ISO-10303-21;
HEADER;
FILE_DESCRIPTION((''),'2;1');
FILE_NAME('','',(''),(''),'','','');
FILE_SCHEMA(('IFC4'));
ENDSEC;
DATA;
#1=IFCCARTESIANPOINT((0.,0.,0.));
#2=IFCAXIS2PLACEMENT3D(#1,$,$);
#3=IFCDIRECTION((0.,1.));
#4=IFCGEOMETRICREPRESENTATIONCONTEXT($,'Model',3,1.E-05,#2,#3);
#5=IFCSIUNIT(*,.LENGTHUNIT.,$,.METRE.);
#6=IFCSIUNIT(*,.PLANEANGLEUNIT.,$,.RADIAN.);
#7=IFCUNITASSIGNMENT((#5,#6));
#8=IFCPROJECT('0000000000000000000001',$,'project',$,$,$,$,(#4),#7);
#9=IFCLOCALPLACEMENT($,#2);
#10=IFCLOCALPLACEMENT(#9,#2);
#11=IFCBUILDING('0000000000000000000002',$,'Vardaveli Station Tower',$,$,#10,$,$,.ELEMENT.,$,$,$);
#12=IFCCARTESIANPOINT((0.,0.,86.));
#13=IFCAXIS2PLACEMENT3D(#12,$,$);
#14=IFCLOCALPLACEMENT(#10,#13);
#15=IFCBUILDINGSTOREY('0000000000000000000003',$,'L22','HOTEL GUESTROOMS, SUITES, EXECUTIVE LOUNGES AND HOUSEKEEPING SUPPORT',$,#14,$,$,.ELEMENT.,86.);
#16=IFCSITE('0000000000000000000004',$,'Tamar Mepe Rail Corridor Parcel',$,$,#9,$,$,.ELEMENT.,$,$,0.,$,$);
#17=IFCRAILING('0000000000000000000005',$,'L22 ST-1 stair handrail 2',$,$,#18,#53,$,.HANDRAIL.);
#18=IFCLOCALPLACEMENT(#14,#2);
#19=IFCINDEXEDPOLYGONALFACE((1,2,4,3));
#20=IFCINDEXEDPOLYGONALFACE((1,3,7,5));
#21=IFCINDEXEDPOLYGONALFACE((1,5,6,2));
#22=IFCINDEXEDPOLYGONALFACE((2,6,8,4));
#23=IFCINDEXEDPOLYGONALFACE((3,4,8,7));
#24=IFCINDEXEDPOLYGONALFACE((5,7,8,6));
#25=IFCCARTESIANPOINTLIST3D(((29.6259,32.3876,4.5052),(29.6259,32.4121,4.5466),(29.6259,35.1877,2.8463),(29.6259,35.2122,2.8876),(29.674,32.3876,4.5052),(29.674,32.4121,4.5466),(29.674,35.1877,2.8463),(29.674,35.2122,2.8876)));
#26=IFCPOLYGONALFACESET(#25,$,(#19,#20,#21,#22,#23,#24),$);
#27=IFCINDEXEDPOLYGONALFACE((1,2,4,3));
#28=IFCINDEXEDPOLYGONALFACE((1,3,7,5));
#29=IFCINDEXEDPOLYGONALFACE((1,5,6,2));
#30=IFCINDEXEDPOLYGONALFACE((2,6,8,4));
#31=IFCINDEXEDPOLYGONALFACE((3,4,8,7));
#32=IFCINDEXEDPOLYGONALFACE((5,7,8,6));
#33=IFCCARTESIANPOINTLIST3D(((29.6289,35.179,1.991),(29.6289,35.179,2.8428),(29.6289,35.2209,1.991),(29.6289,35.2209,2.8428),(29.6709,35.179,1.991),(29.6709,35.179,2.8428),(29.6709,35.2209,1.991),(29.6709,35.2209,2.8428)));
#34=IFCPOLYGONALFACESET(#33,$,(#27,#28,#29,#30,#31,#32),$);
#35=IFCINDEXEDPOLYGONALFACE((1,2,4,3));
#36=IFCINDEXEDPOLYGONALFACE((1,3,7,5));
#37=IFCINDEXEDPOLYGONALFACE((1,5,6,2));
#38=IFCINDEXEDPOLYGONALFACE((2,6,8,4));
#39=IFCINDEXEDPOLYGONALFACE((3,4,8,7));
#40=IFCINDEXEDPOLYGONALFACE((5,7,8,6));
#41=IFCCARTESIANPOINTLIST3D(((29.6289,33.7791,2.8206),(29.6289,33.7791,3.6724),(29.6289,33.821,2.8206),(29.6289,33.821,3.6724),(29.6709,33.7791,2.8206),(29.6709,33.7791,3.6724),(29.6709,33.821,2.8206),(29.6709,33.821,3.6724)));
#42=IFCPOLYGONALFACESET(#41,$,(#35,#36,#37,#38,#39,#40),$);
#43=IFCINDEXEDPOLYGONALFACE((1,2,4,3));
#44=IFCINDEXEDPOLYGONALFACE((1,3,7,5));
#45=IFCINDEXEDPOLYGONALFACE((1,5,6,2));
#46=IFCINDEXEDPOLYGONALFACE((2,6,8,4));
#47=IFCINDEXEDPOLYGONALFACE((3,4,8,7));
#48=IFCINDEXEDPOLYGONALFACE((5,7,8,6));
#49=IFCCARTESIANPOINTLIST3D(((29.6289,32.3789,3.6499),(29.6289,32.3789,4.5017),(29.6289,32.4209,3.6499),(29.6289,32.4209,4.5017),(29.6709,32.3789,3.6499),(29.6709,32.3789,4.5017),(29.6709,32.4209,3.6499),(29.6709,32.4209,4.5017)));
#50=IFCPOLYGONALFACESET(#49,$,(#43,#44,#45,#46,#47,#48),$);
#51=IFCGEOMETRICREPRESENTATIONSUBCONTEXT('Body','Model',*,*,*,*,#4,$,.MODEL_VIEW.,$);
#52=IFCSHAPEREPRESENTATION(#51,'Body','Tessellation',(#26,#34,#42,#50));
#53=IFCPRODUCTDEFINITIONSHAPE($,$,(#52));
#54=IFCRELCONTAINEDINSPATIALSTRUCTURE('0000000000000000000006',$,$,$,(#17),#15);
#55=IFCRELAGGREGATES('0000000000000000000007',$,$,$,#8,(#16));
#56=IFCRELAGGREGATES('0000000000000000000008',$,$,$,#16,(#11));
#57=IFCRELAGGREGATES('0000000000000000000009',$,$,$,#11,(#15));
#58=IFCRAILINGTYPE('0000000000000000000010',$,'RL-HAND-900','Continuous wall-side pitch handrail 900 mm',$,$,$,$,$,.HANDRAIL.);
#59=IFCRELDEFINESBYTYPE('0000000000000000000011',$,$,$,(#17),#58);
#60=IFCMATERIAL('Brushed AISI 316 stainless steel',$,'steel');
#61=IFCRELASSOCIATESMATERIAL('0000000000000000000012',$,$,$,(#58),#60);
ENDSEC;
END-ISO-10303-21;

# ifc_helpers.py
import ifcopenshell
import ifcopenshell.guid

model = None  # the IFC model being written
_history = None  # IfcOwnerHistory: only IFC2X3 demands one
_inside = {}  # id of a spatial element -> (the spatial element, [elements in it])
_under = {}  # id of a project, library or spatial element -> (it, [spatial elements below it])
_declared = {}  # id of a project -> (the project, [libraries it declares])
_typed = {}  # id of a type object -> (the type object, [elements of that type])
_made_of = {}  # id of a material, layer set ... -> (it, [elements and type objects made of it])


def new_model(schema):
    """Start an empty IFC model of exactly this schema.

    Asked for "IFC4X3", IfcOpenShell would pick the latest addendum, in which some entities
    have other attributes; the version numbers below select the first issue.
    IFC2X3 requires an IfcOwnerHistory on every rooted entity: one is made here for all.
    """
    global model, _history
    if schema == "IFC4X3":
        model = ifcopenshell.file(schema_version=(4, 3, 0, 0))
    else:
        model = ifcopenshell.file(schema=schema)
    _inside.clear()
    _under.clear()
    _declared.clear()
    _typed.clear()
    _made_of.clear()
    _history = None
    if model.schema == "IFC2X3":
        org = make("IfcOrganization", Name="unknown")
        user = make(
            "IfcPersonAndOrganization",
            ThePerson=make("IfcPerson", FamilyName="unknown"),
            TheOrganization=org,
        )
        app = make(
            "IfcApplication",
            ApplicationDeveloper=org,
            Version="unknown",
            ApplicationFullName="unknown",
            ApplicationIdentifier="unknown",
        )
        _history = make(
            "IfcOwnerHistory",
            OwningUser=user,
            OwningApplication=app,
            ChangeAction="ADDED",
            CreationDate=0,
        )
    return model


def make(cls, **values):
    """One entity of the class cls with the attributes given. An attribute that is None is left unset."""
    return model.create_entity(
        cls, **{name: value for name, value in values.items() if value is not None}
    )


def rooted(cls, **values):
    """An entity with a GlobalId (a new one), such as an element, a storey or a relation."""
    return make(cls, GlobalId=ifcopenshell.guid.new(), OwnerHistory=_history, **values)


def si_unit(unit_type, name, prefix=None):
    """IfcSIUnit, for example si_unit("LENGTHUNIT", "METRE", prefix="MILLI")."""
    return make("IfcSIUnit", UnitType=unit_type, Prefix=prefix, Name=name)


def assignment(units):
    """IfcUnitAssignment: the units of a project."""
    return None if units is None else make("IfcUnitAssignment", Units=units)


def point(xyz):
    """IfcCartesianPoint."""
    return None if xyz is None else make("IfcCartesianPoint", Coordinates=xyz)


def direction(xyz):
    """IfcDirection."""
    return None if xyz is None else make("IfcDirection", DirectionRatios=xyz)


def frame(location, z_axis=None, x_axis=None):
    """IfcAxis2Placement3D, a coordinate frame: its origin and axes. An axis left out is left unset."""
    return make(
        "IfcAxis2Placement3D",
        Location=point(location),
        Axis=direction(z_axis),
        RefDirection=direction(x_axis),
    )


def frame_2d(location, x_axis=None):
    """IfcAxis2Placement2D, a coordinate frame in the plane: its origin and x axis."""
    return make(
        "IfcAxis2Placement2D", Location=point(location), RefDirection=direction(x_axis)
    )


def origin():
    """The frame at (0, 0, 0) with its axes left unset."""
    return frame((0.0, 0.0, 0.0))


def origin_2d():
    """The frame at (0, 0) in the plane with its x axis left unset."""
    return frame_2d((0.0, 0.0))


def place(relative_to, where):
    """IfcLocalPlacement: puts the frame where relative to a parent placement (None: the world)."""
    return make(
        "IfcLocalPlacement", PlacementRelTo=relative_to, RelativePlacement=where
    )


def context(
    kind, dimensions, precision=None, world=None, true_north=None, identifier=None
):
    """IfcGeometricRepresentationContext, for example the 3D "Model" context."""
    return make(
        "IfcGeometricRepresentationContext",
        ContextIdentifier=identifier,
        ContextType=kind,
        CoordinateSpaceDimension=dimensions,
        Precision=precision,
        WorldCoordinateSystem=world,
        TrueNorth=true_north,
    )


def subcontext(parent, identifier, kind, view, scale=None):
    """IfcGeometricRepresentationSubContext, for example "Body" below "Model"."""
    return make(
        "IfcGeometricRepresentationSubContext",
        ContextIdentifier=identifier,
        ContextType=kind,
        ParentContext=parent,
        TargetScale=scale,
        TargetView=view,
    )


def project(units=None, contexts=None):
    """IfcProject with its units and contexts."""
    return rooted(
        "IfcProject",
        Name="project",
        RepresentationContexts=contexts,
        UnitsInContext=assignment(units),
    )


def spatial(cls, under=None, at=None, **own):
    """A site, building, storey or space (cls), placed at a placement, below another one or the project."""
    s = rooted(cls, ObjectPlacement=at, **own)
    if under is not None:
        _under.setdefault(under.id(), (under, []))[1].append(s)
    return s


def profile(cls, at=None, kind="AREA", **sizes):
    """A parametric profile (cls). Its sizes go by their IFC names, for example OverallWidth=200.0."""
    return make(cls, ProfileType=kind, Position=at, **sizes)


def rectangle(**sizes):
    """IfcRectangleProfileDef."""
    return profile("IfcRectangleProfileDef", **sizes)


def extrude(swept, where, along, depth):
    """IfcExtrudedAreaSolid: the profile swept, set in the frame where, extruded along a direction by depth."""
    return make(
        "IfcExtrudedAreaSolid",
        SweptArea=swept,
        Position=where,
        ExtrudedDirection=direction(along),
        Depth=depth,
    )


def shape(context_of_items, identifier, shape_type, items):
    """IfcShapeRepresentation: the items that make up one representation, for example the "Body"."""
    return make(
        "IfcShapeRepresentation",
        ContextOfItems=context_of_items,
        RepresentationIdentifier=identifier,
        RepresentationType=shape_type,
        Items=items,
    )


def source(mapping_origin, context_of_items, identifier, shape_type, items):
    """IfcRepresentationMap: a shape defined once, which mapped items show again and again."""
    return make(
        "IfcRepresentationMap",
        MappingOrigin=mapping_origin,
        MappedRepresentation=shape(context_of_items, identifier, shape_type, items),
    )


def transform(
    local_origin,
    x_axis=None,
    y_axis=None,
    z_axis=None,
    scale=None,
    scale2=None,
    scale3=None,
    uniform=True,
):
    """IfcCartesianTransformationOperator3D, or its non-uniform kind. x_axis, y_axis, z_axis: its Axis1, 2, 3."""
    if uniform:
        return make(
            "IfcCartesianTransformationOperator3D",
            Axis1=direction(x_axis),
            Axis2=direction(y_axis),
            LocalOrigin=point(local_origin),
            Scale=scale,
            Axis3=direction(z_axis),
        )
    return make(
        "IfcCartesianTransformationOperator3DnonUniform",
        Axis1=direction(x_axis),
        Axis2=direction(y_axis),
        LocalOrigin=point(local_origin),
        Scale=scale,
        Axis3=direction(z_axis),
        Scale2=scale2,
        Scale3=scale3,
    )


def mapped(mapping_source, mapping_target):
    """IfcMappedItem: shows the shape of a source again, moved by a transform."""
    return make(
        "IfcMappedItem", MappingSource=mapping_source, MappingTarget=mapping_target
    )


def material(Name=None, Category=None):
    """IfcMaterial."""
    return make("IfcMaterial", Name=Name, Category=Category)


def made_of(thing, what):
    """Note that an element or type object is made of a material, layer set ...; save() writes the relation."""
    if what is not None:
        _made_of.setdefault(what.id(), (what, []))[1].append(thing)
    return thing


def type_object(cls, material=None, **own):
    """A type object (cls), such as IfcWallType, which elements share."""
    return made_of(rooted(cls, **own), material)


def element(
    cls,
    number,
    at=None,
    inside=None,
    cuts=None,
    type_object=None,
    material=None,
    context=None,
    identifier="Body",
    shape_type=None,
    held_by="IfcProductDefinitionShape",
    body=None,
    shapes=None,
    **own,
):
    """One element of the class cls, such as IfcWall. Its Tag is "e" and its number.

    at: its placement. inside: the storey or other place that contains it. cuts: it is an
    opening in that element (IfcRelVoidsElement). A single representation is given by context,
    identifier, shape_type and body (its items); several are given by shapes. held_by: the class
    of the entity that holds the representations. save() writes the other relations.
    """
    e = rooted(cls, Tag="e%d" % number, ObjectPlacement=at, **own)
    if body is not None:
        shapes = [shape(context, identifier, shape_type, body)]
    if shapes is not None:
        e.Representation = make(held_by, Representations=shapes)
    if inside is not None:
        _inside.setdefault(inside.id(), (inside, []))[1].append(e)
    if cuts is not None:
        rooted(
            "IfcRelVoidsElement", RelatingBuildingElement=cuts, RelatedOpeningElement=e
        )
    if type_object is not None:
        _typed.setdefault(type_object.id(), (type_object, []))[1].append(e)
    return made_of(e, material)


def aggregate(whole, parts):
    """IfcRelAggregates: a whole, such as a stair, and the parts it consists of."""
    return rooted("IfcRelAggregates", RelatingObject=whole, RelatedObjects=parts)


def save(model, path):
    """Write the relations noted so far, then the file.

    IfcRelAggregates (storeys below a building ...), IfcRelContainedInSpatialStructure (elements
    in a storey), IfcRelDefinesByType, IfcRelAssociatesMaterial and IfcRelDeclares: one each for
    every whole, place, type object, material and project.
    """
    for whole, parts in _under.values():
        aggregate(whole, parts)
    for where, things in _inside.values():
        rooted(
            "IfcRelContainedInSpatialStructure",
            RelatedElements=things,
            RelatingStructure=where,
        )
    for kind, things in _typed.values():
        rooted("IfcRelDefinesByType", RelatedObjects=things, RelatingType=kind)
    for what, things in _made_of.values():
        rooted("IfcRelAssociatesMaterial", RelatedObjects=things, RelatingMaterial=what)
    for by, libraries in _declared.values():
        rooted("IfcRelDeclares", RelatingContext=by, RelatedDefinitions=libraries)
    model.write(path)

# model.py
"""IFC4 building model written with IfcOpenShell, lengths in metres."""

from ifc_helpers import new_model, si_unit, direction, frame, origin, origin_2d, place, context, subcontext, project, spatial, rectangle, extrude, source, transform, mapped, material, type_object, element, save


model = new_model("IFC4")

# Units and contexts
model_context = context("Model", 3, precision=1e-05, world=origin(), true_north=direction((0.0, 1.0)))
body_context = subcontext(model_context, "Body", "Model", "MODEL_VIEW")
ifc_project = project(units=[si_unit("LENGTHUNIT", "METRE"), si_unit("PLANEANGLEUNIT", "RADIAN")], contexts=[model_context])

# Site, building, storey
site_placement = place(None, origin())
site = spatial("IfcSite", under=ifc_project, at=site_placement, Name="Tamar Mepe Rail Corridor Parcel", CompositionType="ELEMENT", RefElevation=0.0)
building_placement = place(site_placement, origin())
building = spatial("IfcBuilding", under=site, at=building_placement, Name="Vardaveli Station Tower", CompositionType="ELEMENT")
storey_placement = place(building_placement, frame((0.0, 0.0, 86.0)))
storey = spatial("IfcBuildingStorey", under=building, at=storey_placement, Name="L22", Description="HOTEL GUESTROOMS, SUITES, EXECUTIVE LOUNGES AND HOUSEKEEPING SUPPORT", CompositionType="ELEMENT", Elevation=86.0)

# Railing
ifc_material_1 = material(Name="Brushed AISI 316 stainless steel", Category="steel")
railing_type_1 = type_object("IfcRailingType", Name="RL-HAND-900", Description="Continuous wall-side pitch handrail 900 mm", PredefinedType="HANDRAIL", material=ifc_material_1)
shared_shape_1 = source(origin(), body_context, "Body", "SweptSolid", [
    extrude(rectangle(XDim=0.0481, YDim=0.0481, at=origin_2d()), frame((0.0, 0.0, 0.876), z_axis=(0.0, -0.860339, 0.509722), x_axis=(1.0, 0.0, 0.0)), (0.0, 0.0, 1.0), 3.2546),
    extrude(rectangle(XDim=0.042, YDim=0.042, at=origin_2d()), origin(), (0.0, 0.0, 1.0), 0.8518),
    extrude(rectangle(XDim=0.042, YDim=0.042, at=origin_2d()), frame((0.0, -1.3999, 0.8296)), (0.0, 0.0, 1.0), 0.8518),
    extrude(rectangle(XDim=0.042, YDim=0.042, at=origin_2d()), frame((0.0, -2.8, 1.6589)), (0.0, 0.0, 1.0), 0.8518),
])
railing_1_placement = place(storey_placement, frame((29.6499, 35.2, 1.991)))
element("IfcRailing", 1, at=railing_1_placement, inside=storey, type_object=railing_type_1, Name="L22 ST-1 stair handrail 2", PredefinedType="HANDRAIL", context=body_context, shape_type="MappedRepresentation", body=[
    mapped(shared_shape_1, transform((0.0, 0.0, 0.0), scale=1.0)),
])

save(model, "model.ifc")
